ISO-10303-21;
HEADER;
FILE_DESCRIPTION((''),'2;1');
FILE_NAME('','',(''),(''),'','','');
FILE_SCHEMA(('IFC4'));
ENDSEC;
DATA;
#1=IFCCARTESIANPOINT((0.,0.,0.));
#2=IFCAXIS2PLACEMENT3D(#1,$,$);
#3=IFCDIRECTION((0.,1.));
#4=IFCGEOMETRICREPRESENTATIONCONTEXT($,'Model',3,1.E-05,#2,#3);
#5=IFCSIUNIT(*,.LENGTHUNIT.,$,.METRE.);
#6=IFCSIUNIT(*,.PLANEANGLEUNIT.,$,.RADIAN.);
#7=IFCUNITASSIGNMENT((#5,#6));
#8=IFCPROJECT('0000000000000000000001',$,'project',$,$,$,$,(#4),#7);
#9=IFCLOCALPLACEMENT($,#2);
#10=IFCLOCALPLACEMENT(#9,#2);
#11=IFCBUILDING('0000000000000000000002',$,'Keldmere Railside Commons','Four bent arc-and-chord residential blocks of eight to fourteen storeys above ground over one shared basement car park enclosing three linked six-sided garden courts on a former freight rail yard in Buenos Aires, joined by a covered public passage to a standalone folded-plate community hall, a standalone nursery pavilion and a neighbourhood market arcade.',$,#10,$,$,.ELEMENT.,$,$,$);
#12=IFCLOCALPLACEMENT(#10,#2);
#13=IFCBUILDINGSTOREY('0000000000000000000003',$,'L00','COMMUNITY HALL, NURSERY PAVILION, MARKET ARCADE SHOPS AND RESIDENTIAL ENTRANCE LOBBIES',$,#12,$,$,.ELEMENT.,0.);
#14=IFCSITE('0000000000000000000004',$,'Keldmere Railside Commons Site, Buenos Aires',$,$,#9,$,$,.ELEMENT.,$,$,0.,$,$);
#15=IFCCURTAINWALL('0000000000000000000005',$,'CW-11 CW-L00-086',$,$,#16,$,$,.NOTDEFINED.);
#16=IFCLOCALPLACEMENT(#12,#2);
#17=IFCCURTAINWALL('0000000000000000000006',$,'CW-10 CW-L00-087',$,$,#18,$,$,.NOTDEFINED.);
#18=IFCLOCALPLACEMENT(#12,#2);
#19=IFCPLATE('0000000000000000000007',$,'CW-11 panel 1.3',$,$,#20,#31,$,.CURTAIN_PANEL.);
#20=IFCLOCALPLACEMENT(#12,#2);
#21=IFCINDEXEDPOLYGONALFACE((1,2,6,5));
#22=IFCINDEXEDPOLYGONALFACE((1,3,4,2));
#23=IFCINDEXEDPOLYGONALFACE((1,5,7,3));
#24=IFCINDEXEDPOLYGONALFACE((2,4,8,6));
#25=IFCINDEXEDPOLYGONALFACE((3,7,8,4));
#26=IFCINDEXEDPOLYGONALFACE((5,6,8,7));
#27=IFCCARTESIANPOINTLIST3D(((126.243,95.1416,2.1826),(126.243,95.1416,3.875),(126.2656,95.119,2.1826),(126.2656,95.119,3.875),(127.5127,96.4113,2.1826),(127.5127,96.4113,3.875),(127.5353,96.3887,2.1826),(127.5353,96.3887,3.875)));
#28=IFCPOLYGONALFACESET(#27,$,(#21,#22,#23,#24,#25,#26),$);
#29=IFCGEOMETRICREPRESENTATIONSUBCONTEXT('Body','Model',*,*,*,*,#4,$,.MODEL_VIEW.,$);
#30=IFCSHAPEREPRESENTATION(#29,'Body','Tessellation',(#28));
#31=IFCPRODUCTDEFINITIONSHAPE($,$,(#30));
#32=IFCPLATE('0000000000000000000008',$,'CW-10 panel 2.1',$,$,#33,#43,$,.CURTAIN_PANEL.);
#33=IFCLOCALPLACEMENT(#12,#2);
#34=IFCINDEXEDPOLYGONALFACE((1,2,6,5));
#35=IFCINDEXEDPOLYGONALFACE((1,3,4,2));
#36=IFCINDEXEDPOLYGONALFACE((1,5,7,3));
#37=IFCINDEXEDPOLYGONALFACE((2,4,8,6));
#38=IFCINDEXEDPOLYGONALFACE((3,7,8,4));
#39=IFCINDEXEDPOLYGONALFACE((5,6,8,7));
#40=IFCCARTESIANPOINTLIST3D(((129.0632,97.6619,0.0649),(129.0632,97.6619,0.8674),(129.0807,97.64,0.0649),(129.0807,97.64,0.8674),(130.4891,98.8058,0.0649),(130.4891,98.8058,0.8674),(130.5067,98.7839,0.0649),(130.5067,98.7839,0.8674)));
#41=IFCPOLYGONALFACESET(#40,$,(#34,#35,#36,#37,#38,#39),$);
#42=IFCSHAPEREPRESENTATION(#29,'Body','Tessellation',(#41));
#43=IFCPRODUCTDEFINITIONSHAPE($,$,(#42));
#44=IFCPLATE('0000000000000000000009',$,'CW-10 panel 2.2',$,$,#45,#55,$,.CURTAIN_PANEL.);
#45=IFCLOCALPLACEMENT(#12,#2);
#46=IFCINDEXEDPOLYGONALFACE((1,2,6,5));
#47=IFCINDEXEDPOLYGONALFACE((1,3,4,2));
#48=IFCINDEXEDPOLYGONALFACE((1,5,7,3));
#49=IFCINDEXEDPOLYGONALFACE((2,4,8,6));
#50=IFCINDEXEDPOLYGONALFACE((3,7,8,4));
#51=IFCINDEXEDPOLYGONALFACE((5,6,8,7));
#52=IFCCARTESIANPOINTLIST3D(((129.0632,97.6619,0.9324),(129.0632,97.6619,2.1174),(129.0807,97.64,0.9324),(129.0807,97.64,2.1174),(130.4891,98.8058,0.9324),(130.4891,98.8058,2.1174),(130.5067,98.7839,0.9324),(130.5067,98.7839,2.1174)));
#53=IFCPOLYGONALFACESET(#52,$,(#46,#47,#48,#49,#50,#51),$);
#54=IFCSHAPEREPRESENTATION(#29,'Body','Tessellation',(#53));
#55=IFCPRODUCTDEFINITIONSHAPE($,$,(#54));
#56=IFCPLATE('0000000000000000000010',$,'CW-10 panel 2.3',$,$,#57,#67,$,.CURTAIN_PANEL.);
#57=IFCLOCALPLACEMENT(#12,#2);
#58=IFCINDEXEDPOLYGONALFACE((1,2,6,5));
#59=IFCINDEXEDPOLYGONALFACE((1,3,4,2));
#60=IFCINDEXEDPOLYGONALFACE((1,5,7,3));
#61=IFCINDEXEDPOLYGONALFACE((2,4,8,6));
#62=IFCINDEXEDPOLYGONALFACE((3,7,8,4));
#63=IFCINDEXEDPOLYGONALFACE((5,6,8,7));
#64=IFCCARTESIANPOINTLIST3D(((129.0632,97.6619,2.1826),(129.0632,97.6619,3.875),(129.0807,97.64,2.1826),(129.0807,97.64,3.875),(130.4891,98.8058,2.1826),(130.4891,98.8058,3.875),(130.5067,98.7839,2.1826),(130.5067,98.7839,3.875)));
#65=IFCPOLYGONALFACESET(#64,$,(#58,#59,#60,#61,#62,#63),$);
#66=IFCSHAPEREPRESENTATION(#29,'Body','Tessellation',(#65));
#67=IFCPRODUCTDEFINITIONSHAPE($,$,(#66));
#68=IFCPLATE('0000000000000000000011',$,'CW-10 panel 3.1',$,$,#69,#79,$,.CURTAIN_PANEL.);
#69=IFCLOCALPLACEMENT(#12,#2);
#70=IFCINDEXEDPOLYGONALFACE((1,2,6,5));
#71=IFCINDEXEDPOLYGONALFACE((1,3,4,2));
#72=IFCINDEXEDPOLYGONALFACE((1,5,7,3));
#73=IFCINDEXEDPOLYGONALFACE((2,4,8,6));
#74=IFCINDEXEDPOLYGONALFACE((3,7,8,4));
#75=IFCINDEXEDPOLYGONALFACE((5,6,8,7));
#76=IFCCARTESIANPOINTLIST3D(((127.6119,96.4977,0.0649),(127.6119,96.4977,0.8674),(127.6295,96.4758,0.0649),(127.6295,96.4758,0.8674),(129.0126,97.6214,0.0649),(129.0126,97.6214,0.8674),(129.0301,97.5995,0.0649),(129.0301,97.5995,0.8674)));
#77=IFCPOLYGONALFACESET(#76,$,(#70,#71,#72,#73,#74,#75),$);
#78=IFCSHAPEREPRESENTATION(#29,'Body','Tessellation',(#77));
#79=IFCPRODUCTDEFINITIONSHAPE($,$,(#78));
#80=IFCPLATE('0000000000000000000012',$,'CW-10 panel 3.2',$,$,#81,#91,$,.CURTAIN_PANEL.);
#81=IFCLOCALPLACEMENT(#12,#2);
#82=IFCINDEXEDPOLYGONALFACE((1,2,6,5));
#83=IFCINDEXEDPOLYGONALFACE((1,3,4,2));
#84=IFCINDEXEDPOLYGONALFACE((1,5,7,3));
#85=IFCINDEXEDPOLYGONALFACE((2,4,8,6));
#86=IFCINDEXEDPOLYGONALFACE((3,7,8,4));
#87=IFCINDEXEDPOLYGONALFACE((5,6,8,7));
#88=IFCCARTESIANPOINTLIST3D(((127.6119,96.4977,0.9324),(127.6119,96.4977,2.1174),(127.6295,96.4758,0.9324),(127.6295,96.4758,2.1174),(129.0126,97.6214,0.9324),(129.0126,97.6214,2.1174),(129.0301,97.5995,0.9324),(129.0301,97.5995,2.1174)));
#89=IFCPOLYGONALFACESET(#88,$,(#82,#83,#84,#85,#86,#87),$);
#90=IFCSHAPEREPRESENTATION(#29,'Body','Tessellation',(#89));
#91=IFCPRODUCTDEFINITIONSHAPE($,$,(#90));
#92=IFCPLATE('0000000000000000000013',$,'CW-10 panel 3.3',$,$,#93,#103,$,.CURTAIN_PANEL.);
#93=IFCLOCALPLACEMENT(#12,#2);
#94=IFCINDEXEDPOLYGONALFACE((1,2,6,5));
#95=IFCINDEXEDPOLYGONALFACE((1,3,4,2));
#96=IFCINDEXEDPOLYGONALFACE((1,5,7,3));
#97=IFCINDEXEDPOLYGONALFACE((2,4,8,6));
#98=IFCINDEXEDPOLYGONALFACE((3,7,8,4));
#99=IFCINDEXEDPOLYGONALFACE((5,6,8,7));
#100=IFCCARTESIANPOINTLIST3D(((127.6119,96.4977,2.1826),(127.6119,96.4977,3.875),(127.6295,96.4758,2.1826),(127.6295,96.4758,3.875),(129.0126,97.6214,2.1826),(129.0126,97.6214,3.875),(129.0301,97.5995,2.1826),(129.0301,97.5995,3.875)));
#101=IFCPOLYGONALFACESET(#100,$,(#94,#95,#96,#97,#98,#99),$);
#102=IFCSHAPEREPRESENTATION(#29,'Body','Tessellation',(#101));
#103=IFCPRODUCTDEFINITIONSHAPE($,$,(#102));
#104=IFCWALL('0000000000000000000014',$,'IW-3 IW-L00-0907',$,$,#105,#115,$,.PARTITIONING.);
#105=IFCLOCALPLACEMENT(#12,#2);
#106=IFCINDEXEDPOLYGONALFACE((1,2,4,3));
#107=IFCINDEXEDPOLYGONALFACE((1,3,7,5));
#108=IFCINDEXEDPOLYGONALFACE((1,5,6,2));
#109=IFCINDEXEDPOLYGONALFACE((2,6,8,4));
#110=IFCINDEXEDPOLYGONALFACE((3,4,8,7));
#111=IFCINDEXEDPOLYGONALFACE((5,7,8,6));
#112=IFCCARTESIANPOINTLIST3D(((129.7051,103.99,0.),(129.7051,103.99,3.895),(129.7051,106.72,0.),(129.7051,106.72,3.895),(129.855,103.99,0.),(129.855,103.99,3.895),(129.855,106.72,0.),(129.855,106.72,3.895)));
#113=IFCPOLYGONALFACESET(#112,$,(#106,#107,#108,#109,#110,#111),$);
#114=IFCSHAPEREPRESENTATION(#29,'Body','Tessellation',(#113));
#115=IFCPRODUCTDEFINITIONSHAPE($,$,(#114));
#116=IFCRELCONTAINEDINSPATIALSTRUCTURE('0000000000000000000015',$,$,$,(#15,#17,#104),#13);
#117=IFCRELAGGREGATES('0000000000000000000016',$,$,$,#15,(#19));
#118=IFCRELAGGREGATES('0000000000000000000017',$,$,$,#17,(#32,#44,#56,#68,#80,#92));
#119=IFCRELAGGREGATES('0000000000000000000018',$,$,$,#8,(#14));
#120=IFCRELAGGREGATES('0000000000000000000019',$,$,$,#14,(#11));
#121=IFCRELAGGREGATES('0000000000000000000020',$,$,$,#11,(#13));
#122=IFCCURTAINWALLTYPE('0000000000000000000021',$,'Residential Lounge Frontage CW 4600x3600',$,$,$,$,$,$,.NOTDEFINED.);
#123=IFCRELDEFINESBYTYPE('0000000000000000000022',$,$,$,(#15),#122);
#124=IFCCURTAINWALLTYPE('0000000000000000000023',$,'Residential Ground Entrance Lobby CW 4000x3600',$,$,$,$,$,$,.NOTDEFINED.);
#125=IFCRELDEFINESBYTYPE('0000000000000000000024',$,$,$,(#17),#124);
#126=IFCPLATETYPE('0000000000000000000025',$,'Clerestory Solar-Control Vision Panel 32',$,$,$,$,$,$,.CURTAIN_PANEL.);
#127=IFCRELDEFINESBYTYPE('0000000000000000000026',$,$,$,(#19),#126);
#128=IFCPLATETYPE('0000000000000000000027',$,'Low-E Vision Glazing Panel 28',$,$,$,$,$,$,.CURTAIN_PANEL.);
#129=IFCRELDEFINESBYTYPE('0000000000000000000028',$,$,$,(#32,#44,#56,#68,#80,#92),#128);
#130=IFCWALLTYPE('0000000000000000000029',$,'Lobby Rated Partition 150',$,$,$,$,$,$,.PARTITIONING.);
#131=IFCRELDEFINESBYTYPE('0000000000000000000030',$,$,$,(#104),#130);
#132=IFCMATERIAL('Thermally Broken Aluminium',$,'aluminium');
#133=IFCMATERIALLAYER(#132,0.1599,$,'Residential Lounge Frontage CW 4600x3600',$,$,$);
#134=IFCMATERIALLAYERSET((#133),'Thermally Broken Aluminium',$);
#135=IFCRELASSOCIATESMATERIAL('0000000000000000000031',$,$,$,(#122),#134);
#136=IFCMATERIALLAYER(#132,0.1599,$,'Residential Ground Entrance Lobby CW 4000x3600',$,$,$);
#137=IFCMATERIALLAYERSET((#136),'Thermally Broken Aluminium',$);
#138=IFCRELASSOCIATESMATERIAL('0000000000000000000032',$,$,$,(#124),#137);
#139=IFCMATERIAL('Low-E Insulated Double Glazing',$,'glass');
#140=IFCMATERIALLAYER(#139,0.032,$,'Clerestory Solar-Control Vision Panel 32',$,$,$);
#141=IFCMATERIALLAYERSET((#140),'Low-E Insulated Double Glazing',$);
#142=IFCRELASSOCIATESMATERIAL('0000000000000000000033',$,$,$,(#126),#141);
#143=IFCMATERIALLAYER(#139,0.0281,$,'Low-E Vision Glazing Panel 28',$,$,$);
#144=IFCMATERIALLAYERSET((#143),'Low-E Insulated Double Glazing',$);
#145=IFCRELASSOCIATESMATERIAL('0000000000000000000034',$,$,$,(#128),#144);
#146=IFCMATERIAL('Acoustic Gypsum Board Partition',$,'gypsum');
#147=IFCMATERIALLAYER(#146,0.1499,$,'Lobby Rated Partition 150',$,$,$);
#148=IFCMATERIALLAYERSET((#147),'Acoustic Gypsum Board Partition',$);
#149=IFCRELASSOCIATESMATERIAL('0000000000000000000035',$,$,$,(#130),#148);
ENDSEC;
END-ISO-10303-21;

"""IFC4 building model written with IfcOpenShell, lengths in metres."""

from ifc_helpers import new_model, si_unit, direction, frame, frame_2d, origin, origin_2d, place, context, subcontext, project, spatial, rectangle, extrude, material, layer, layer_set, type_object, element, aggregate, save


model = new_model("IFC4")

# Units and contexts
model_context = context("Model", 3, precision=1e-05, world=origin(), true_north=direction((0.0, 1.0)))
body_context = subcontext(model_context, "Body", "Model", "MODEL_VIEW")
ifc_project = project(units=[si_unit("LENGTHUNIT", "METRE"), si_unit("PLANEANGLEUNIT", "RADIAN")], contexts=[model_context])

# Site, building, storey
site_placement = place(None, origin())
site = spatial("IfcSite", under=ifc_project, at=site_placement, Name="Keldmere Railside Commons Site, Buenos Aires", CompositionType="ELEMENT", RefElevation=0.0)
building_placement = place(site_placement, origin())
building = spatial("IfcBuilding", under=site, at=building_placement, Name="Keldmere Railside Commons", Description="Four bent arc-and-chord residential blocks of eight to fourteen storeys above ground over one shared basement car park enclosing three linked six-sided garden courts on a former freight rail yard in Buenos Aires, joined by a covered public passage to a standalone folded-plate community hall, a standalone nursery pavilion and a neighbourhood market arcade.", CompositionType="ELEMENT")
storey_placement = place(building_placement, origin())
storey = spatial("IfcBuildingStorey", under=building, at=storey_placement, Name="L00", Description="COMMUNITY HALL, NURSERY PAVILION, MARKET ARCADE SHOPS AND RESIDENTIAL ENTRANCE LOBBIES", CompositionType="ELEMENT", Elevation=0.0)

# Curtain walls
ifc_material_1 = material(Name="Thermally Broken Aluminium", Category="aluminium")
ifc_layer_1 = layer(ifc_material_1, 0.1599, Name="Residential Lounge Frontage CW 4600x3600")
ifc_layer_set_1 = layer_set([ifc_layer_1], Name="Thermally Broken Aluminium")
curtain_wall_type_1 = type_object("IfcCurtainWallType", Name="Residential Lounge Frontage CW 4600x3600", PredefinedType="NOTDEFINED", material=ifc_layer_set_1)
curtain_wall_1_placement = place(storey_placement, origin())
curtain_wall_1 = element("IfcCurtainWall", 1, at=curtain_wall_1_placement, inside=storey, type_object=curtain_wall_type_1, Name="CW-11 CW-L00-086", PredefinedType="NOTDEFINED")
ifc_layer_2 = layer(ifc_material_1, 0.1599, Name="Residential Ground Entrance Lobby CW 4000x3600")
ifc_layer_set_2 = layer_set([ifc_layer_2], Name="Thermally Broken Aluminium")
curtain_wall_type_2 = type_object("IfcCurtainWallType", Name="Residential Ground Entrance Lobby CW 4000x3600", PredefinedType="NOTDEFINED", material=ifc_layer_set_2)
curtain_wall_2_placement = place(storey_placement, origin())
curtain_wall_2 = element("IfcCurtainWall", 2, at=curtain_wall_2_placement, inside=storey, type_object=curtain_wall_type_2, Name="CW-10 CW-L00-087", PredefinedType="NOTDEFINED")

# Plates
ifc_material_2 = material(Name="Low-E Insulated Double Glazing", Category="glass")
ifc_layer_3 = layer(ifc_material_2, 0.032, Name="Clerestory Solar-Control Vision Panel 32")
ifc_layer_set_3 = layer_set([ifc_layer_3], Name="Low-E Insulated Double Glazing")
plate_type_1 = type_object("IfcPlateType", Name="Clerestory Solar-Control Vision Panel 32", PredefinedType="CURTAIN_PANEL", material=ifc_layer_set_3)
plate_1_placement = place(storey_placement, frame((126.8892, 95.7651, 2.1826), z_axis=(0.0, 0.0, 1.0), x_axis=(-0.707107, -0.707107, 0.0)))
plate_1 = element("IfcPlate", 3, at=plate_1_placement, type_object=plate_type_1, Name="CW-11 panel 1.3", PredefinedType="CURTAIN_PANEL", context=body_context, shape_type="SweptSolid", body=[
    extrude(rectangle(XDim=1.7957, YDim=0.032, at=origin_2d()), origin(), (0.0, 0.0, 1.0), 1.6924),
])
aggregate(curtain_wall_1, [plate_1])
ifc_layer_4 = layer(ifc_material_2, 0.0281, Name="Low-E Vision Glazing Panel 28")
ifc_layer_set_4 = layer_set([ifc_layer_4], Name="Low-E Insulated Double Glazing")
plate_type_2 = type_object("IfcPlateType", Name="Low-E Vision Glazing Panel 28", PredefinedType="CURTAIN_PANEL", material=ifc_layer_set_4)
plate_2_placement = place(storey_placement, frame((129.7849, 98.2229, 0.0649), z_axis=(0.0, 0.0, 1.0), x_axis=(-0.780009, -0.625768, 0.0)))
plate_2 = element("IfcPlate", 4, at=plate_2_placement, type_object=plate_type_2, Name="CW-10 panel 2.1", PredefinedType="CURTAIN_PANEL", context=body_context, shape_type="SweptSolid", body=[
    extrude(rectangle(XDim=1.8281, YDim=0.0281, at=origin_2d()), origin(), (0.0, 0.0, 1.0), 0.8025),
])
plate_3_placement = place(storey_placement, frame((129.7849, 98.2229, 0.9324), z_axis=(0.0, 0.0, 1.0), x_axis=(-0.780009, -0.625768, 0.0)))
plate_3 = element("IfcPlate", 5, at=plate_3_placement, type_object=plate_type_2, Name="CW-10 panel 2.2", PredefinedType="CURTAIN_PANEL", context=body_context, shape_type="SweptSolid", body=[
    extrude(rectangle(XDim=1.8281, YDim=0.0281, at=origin_2d()), origin(), (0.0, 0.0, 1.0), 1.1851),
])
plate_4_placement = place(storey_placement, frame((129.7849, 98.2229, 2.1826), z_axis=(0.0, 0.0, 1.0), x_axis=(-0.780009, -0.625768, 0.0)))
plate_4 = element("IfcPlate", 6, at=plate_4_placement, type_object=plate_type_2, Name="CW-10 panel 2.3", PredefinedType="CURTAIN_PANEL", context=body_context, shape_type="SweptSolid", body=[
    extrude(rectangle(XDim=1.8281, YDim=0.0281, at=origin_2d()), origin(), (0.0, 0.0, 1.0), 1.6924),
])
plate_5_placement = place(storey_placement, frame((128.321, 97.0486, 0.0649), z_axis=(0.0, 0.0, 1.0), x_axis=(-0.780009, -0.625768, 0.0)))
plate_5 = element("IfcPlate", 7, at=plate_5_placement, type_object=plate_type_2, Name="CW-10 panel 3.1", PredefinedType="CURTAIN_PANEL", context=body_context, shape_type="SweptSolid", body=[
    extrude(rectangle(XDim=1.7957, YDim=0.0281, at=origin_2d()), origin(), (0.0, 0.0, 1.0), 0.8025),
])
plate_6_placement = place(storey_placement, frame((128.321, 97.0486, 0.9324), z_axis=(0.0, 0.0, 1.0), x_axis=(-0.780009, -0.625768, 0.0)))
plate_6 = element("IfcPlate", 8, at=plate_6_placement, type_object=plate_type_2, Name="CW-10 panel 3.2", PredefinedType="CURTAIN_PANEL", context=body_context, shape_type="SweptSolid", body=[
    extrude(rectangle(XDim=1.7957, YDim=0.0281, at=origin_2d()), origin(), (0.0, 0.0, 1.0), 1.1851),
])
plate_7_placement = place(storey_placement, frame((128.321, 97.0486, 2.1826), z_axis=(0.0, 0.0, 1.0), x_axis=(-0.780009, -0.625768, 0.0)))
plate_7 = element("IfcPlate", 9, at=plate_7_placement, type_object=plate_type_2, Name="CW-10 panel 3.3", PredefinedType="CURTAIN_PANEL", context=body_context, shape_type="SweptSolid", body=[
    extrude(rectangle(XDim=1.7957, YDim=0.0281, at=origin_2d()), origin(), (0.0, 0.0, 1.0), 1.6924),
])
aggregate(curtain_wall_2, [plate_2, plate_3, plate_4, plate_5, plate_6, plate_7])

# Wall
ifc_material_3 = material(Name="Acoustic Gypsum Board Partition", Category="gypsum")
ifc_layer_5 = layer(ifc_material_3, 0.1499, Name="Lobby Rated Partition 150")
ifc_layer_set_5 = layer_set([ifc_layer_5], Name="Acoustic Gypsum Board Partition")
wall_type = type_object("IfcWallType", Name="Lobby Rated Partition 150", PredefinedType="PARTITIONING", material=ifc_layer_set_5)
wall_placement = place(storey_placement, frame((129.78, 103.99, 0.0), z_axis=(0.0, 0.0, 1.0), x_axis=(0.0, 1.0, 0.0)))
element("IfcWall", 10, at=wall_placement, inside=storey, type_object=wall_type, Name="IW-3 IW-L00-0907", PredefinedType="PARTITIONING", context=body_context, shape_type="SweptSolid", body=[
    extrude(rectangle(XDim=2.73, YDim=0.1499, at=frame_2d((1.365, 0.0))), origin(), (0.0, 0.0, 1.0), 3.895),
])

save(model, "model.ifc")
